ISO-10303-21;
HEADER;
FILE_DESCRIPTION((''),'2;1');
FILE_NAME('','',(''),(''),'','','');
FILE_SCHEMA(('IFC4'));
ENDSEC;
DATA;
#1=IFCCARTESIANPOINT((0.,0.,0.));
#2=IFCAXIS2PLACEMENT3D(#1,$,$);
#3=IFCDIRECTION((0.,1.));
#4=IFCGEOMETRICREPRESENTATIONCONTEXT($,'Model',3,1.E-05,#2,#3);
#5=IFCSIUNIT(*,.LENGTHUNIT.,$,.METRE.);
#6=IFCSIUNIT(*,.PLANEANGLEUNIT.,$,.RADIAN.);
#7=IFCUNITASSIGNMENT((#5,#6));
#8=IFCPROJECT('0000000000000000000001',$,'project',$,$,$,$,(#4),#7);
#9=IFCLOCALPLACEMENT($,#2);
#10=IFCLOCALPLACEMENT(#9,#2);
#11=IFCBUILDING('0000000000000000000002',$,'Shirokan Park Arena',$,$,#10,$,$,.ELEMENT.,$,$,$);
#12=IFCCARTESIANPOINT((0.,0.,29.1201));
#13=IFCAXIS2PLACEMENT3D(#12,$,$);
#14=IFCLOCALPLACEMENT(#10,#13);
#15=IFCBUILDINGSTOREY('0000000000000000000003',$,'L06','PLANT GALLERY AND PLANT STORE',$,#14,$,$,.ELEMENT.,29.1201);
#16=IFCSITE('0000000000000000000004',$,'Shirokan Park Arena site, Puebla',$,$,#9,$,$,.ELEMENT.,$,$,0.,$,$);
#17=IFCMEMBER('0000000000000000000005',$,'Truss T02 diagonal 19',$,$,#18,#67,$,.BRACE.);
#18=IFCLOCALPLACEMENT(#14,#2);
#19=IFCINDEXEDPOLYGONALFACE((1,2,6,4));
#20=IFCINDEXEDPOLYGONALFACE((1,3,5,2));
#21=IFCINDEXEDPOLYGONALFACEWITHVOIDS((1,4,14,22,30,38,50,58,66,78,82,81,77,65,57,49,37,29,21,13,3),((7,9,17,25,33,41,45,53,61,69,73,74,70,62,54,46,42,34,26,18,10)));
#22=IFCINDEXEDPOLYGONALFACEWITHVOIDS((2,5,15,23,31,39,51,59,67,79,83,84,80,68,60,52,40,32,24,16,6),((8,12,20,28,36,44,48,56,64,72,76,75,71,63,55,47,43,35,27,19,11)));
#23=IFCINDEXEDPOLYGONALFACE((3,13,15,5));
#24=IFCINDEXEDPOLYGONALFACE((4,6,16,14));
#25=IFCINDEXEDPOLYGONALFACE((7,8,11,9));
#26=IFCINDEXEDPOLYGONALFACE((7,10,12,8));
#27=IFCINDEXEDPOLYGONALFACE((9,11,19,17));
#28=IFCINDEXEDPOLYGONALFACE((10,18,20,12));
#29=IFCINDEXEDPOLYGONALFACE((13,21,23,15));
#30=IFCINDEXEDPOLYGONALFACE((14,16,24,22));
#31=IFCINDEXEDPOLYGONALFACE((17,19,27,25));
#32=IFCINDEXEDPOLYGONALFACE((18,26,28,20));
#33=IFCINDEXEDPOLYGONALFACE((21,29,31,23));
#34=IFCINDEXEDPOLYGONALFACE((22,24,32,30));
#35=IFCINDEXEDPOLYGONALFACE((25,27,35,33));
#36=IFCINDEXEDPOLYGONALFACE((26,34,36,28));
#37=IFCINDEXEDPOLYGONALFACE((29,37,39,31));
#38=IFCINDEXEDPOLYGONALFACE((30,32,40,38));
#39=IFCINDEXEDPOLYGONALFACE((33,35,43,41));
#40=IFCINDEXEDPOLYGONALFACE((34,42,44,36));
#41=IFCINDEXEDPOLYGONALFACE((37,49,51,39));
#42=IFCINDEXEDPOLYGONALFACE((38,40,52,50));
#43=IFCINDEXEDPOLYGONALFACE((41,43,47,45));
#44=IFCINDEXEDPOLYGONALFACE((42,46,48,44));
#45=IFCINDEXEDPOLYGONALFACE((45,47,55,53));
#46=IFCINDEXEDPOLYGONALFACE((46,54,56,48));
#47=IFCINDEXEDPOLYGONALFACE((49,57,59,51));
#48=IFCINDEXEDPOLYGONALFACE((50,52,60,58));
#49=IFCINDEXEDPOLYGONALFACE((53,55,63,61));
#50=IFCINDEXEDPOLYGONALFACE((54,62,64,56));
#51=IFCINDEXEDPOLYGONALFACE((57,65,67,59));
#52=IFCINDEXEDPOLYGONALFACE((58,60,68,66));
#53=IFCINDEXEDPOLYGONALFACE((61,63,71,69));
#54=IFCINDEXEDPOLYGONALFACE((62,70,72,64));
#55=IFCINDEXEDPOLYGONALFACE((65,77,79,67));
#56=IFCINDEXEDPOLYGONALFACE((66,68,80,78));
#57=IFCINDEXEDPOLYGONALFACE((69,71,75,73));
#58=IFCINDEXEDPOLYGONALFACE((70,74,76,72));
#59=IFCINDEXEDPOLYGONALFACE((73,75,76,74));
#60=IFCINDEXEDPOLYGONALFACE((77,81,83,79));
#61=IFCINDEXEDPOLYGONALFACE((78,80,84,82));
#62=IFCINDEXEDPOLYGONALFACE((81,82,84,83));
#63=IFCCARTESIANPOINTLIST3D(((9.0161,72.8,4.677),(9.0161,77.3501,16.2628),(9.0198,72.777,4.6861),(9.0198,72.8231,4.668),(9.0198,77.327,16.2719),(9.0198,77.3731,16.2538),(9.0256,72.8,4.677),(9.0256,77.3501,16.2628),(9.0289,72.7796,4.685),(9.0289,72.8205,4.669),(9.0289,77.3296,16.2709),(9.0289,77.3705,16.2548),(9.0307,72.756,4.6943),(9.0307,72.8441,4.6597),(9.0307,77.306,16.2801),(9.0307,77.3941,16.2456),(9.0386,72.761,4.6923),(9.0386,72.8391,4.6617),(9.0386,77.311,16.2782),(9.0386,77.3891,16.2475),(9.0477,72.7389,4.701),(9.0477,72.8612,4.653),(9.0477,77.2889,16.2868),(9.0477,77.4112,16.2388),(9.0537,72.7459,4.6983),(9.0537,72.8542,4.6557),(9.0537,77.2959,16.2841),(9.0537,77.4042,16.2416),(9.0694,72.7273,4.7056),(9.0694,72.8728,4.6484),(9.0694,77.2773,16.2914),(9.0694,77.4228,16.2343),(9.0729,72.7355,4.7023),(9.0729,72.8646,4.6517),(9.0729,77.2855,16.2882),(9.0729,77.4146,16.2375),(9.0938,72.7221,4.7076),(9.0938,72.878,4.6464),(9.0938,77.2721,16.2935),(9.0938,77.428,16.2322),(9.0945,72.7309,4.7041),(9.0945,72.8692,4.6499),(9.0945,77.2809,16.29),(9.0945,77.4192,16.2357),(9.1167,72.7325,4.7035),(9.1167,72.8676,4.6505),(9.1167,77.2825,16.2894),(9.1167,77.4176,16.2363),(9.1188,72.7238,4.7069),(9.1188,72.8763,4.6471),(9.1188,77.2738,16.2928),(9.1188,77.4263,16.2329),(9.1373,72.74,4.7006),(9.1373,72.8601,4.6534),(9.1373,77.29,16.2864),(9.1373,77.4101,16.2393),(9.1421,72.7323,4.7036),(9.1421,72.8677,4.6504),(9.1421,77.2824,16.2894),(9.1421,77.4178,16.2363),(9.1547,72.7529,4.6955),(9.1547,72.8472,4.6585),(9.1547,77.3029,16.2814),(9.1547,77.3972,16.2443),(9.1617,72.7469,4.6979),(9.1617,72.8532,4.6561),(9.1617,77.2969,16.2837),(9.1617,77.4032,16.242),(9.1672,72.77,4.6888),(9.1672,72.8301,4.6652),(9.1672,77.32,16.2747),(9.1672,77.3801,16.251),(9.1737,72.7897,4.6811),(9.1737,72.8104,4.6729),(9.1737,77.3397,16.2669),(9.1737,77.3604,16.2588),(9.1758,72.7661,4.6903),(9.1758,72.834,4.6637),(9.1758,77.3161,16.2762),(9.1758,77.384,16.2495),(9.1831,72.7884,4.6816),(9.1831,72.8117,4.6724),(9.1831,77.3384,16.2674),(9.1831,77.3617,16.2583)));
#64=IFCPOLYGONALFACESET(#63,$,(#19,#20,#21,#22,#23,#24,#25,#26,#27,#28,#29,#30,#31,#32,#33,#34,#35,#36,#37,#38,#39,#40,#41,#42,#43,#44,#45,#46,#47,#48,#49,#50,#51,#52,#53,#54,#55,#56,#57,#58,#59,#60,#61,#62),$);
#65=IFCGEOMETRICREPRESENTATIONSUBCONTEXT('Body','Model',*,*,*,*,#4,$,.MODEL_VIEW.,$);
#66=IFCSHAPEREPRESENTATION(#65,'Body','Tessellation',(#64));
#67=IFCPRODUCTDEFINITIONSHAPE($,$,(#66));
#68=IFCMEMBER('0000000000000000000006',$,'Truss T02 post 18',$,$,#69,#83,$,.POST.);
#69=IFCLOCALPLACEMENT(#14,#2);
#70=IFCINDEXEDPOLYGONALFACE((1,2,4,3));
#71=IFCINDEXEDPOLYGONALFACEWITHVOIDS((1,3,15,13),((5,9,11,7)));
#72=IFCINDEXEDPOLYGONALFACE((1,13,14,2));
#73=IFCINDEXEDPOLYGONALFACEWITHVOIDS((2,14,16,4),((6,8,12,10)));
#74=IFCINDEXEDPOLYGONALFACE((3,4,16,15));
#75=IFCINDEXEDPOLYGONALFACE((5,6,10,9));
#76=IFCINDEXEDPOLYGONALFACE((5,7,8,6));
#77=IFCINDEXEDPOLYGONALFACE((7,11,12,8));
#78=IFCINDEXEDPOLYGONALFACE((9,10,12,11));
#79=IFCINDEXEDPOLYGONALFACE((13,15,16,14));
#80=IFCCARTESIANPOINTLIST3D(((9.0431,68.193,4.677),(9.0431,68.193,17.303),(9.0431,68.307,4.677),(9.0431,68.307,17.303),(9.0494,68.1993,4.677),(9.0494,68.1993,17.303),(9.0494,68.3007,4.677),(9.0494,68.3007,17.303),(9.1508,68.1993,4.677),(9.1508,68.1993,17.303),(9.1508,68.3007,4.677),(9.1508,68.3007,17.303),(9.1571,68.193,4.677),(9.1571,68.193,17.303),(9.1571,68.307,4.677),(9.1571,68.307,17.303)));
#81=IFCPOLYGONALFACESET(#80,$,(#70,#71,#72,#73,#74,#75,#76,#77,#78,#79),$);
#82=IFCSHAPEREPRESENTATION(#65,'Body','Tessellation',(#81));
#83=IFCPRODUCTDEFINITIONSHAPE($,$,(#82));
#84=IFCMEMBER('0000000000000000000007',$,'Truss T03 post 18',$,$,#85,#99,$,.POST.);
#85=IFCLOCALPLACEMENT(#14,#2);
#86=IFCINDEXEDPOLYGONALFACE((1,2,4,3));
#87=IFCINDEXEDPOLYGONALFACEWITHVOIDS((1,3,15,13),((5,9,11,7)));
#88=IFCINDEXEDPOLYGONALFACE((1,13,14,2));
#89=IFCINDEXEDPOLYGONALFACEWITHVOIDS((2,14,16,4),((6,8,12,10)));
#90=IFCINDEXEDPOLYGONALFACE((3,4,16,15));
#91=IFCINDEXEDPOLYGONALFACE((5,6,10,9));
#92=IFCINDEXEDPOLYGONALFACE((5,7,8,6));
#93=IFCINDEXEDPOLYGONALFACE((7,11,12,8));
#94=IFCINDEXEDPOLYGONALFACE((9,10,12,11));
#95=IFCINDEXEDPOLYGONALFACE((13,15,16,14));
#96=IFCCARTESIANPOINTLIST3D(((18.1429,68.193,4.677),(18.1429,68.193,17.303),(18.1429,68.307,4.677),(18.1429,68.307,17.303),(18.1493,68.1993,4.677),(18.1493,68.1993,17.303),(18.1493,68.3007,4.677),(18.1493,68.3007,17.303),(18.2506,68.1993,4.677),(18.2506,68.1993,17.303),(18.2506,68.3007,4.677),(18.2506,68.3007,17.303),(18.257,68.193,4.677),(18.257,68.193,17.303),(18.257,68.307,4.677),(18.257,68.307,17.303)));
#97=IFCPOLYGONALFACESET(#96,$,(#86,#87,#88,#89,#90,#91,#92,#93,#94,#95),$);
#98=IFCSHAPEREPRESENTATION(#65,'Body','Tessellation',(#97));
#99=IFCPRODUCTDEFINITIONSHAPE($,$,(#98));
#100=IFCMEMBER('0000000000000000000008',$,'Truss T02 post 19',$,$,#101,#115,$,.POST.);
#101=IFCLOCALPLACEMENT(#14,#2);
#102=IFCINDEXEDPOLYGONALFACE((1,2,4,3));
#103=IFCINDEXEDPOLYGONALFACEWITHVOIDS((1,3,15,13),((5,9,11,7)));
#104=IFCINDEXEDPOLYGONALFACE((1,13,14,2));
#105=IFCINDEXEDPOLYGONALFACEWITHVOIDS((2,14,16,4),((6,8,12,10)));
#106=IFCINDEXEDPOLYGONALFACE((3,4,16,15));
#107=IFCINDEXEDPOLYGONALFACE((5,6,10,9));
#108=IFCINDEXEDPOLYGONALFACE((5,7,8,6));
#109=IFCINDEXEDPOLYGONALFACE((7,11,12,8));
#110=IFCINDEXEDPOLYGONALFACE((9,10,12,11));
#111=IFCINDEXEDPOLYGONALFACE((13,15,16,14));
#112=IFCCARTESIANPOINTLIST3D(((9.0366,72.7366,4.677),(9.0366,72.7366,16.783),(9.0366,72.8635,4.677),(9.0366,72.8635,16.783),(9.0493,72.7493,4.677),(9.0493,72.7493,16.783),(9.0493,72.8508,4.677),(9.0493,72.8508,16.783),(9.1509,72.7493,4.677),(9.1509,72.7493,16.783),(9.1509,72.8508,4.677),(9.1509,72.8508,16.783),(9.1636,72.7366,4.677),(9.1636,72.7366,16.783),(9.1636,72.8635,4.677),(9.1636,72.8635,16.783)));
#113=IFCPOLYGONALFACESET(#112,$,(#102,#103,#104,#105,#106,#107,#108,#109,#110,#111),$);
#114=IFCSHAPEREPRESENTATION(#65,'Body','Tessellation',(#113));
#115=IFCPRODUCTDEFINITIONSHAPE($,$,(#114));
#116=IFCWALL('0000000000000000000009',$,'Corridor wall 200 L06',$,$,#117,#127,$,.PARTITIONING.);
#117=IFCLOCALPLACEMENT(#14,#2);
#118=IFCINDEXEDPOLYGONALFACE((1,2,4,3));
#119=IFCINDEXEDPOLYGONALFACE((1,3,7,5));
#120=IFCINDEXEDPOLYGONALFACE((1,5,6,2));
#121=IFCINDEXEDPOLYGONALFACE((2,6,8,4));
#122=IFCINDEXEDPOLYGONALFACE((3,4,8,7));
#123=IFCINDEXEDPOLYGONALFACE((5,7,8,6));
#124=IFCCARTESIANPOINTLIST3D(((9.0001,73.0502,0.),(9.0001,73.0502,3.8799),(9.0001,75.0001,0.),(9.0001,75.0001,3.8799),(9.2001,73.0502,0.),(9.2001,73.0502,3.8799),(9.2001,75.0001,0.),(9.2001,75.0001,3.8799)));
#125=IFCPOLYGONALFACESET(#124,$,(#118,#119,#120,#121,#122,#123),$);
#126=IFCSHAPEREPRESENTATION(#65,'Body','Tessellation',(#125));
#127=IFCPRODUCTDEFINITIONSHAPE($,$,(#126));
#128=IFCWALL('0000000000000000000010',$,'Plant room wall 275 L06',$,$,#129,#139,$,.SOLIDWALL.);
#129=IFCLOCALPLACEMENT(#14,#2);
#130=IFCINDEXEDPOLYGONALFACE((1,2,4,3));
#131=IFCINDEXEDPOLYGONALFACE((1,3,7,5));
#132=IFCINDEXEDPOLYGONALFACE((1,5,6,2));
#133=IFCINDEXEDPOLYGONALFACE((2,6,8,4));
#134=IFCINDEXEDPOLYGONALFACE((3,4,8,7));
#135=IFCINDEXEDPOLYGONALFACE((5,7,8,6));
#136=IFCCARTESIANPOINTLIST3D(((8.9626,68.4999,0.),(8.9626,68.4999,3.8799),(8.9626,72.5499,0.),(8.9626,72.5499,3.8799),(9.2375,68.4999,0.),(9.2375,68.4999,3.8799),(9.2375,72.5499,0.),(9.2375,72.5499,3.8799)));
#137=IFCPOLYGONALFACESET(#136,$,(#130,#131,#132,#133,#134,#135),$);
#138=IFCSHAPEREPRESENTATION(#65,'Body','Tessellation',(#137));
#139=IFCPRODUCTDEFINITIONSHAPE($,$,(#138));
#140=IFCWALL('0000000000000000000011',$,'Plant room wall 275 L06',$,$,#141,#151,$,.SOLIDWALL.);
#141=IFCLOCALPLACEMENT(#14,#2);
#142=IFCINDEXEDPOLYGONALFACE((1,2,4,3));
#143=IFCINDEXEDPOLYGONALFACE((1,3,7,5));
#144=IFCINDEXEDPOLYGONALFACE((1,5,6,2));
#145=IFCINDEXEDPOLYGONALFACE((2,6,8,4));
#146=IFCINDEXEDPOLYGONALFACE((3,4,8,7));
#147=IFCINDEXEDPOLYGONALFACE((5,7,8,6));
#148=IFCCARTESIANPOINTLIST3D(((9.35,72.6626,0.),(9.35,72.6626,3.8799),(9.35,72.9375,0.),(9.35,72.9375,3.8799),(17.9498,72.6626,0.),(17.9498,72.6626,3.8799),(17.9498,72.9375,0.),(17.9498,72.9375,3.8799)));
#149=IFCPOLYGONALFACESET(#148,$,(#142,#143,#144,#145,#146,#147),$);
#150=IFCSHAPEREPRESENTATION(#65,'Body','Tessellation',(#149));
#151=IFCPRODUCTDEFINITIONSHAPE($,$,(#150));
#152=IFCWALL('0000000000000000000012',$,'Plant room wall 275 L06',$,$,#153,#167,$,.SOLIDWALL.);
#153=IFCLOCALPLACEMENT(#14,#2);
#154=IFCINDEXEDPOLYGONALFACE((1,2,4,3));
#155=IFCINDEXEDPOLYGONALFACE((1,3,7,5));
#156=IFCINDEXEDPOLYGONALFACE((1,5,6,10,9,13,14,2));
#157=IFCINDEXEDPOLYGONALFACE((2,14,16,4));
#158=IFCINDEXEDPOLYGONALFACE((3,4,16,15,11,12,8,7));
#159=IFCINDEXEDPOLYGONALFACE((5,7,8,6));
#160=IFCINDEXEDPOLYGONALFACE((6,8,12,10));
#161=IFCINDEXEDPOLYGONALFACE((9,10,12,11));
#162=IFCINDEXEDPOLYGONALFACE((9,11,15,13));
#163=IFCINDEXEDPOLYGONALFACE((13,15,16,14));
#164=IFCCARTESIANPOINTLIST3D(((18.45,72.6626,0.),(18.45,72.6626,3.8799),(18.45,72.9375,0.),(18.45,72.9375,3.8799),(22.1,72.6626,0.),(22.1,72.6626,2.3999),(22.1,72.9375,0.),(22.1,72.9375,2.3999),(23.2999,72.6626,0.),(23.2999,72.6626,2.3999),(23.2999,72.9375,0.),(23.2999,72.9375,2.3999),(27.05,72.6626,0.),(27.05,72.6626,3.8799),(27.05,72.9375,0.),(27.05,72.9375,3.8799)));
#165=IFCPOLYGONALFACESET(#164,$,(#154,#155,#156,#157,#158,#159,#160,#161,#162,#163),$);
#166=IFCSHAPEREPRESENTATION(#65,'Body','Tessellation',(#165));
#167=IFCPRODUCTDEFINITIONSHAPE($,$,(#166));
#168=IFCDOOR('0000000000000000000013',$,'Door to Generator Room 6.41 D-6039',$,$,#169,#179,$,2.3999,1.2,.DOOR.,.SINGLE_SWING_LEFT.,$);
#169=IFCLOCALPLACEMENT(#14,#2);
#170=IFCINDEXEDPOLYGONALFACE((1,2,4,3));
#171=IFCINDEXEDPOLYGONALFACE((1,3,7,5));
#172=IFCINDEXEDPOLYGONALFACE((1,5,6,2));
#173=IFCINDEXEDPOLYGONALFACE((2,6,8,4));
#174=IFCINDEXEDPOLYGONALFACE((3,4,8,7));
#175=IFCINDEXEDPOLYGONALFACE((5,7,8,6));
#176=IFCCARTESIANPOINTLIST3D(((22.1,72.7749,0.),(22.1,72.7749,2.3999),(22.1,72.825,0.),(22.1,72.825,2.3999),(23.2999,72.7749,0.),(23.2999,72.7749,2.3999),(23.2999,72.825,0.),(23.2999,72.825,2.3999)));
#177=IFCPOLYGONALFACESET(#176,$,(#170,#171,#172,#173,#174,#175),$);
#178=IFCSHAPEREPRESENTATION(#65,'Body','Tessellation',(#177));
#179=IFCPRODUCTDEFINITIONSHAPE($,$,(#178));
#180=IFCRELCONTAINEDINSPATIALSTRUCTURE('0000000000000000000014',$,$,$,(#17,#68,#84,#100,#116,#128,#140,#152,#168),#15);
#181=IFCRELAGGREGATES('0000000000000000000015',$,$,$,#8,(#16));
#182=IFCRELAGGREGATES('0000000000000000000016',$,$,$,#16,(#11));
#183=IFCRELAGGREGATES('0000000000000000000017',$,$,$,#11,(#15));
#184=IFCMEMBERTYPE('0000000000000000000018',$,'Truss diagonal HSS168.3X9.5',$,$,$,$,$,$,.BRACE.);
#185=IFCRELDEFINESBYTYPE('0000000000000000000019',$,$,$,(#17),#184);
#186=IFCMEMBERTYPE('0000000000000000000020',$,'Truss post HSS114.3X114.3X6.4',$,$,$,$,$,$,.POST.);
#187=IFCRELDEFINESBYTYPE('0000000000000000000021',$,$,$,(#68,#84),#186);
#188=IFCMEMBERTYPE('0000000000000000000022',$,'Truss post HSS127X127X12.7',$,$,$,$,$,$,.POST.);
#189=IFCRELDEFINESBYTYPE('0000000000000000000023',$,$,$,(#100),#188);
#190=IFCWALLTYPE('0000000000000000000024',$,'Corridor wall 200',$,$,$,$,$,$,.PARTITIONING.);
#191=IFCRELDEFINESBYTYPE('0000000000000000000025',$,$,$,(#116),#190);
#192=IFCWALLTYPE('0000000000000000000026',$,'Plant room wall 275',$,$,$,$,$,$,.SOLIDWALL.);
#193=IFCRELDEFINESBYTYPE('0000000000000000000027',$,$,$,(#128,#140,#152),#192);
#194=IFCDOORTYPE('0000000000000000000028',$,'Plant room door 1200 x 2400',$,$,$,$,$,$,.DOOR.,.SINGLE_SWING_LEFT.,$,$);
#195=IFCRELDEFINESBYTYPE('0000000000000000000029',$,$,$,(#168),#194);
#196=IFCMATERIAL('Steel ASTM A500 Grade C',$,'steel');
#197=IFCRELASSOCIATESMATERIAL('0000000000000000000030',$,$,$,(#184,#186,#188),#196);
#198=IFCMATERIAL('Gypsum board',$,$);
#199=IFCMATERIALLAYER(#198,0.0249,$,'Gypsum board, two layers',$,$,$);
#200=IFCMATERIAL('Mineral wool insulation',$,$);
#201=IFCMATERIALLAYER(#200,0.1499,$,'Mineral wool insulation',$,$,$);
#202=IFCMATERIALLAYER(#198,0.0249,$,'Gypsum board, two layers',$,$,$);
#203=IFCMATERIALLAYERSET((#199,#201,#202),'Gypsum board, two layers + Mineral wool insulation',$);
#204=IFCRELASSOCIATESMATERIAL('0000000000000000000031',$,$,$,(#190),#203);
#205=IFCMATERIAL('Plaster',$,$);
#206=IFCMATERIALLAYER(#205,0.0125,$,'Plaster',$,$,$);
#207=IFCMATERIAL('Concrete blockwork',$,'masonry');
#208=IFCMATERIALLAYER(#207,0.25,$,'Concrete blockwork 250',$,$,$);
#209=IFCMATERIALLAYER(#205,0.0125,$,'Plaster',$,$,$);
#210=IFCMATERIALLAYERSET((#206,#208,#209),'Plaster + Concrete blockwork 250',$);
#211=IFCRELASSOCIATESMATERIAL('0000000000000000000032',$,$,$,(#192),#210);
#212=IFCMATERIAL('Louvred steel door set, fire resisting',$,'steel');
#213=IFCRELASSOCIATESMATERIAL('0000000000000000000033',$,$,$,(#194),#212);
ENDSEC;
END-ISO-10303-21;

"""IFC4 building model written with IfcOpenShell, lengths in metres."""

from ifc_helpers import new_model, si_unit, direction, frame, frame_2d, origin, origin_2d, place, context, subcontext, project, spatial, rectangle, hollow_rectangle, hollow_circle, extrude, material, layer, layer_set, material_profile, profile_set, type_object, element, fill, save


model = new_model("IFC4")

# Units and contexts
model_context = context("Model", 3, precision=1e-05, world=origin(), true_north=direction((0.0, 1.0)))
body_context = subcontext(model_context, "Body", "Model", "MODEL_VIEW")
ifc_project = project(units=[si_unit("LENGTHUNIT", "METRE"), si_unit("PLANEANGLEUNIT", "RADIAN")], contexts=[model_context])

# Site, building, storey
site_placement = place(None, origin())
site = spatial("IfcSite", under=ifc_project, at=site_placement, Name="Shirokan Park Arena site, Puebla", CompositionType="ELEMENT", RefElevation=0.0)
building_placement = place(site_placement, origin())
building = spatial("IfcBuilding", under=site, at=building_placement, Name="Shirokan Park Arena", CompositionType="ELEMENT")
storey_placement = place(building_placement, frame((0.0, 0.0, 29.1201)))
storey = spatial("IfcBuildingStorey", under=building, at=storey_placement, Name="L06", Description="PLANT GALLERY AND PLANT STORE", CompositionType="ELEMENT", Elevation=29.1201)

# Shared definitions
ifc_material_1 = material(Name="Steel ASTM A500 Grade C", Category="steel")

# Members
ifc_material_profile_1 = material_profile(ifc_material_1, hollow_circle(Radius=0.084, WallThickness=0.0095, at=origin_2d()), Name="HSS168.3X9.5")
ifc_profile_set_1 = profile_set([ifc_material_profile_1], Name="Steel ASTM A500 Grade C")
member_type_1 = type_object("IfcMemberType", Name="Truss diagonal HSS168.3X9.5", PredefinedType="BRACE", material=ifc_profile_set_1)
member_1_placement = place(storey_placement, frame((9.1001, 72.8, 4.677), z_axis=(0.0, 0.365543, 0.930794), x_axis=(-1.0, 0.0, 0.0)))
element("IfcMember", 1, at=member_1_placement, inside=storey, type_object=member_type_1, Name="Truss T02 diagonal 19", PredefinedType="BRACE", context=body_context, shape_type="SweptSolid", body=[
    extrude(hollow_circle(Radius=0.084, WallThickness=0.0095, at=origin_2d()), origin(), (0.0, 0.0, 1.0), 12.4473),
])
ifc_material_profile_2 = material_profile(ifc_material_1, hollow_rectangle(XDim=0.114, YDim=0.114, WallThickness=0.0063, at=origin_2d()), Name="HSS114.3X114.3X6.4")
ifc_profile_set_2 = profile_set([ifc_material_profile_2], Name="Steel ASTM A500 Grade C")
member_type_2 = type_object("IfcMemberType", Name="Truss post HSS114.3X114.3X6.4", PredefinedType="POST", material=ifc_profile_set_2)
for number, where, z_axis, x_axis, name in (
    (2, (9.1001, 68.25, 4.677), (0.0, 0.0, 1.0), (1.0, 0.0, 0.0), "Truss T02 post 18"),
    (3, (18.2, 68.25, 4.677), (0.0, 0.0, 1.0), (1.0, 0.0, 0.0), "Truss T03 post 18"),
):
    element("IfcMember", number, at=place(storey_placement, frame(where, z_axis=z_axis, x_axis=x_axis)), inside=storey, type_object=member_type_2, Name=name, PredefinedType="POST", context=body_context, shape_type="SweptSolid", body=[
        extrude(hollow_rectangle(XDim=0.114, YDim=0.114, WallThickness=0.0063, at=origin_2d()), origin(), (0.0, 0.0, 1.0), 12.626),
    ])
ifc_material_profile_3 = material_profile(ifc_material_1, hollow_rectangle(XDim=0.127, YDim=0.127, WallThickness=0.0127, at=origin_2d()), Name="HSS127X127X12.7")
ifc_profile_set_3 = profile_set([ifc_material_profile_3], Name="Steel ASTM A500 Grade C")
member_type_3 = type_object("IfcMemberType", Name="Truss post HSS127X127X12.7", PredefinedType="POST", material=ifc_profile_set_3)
member_2_placement = place(storey_placement, frame((9.1001, 72.8, 4.677), z_axis=(0.0, 0.0, 1.0), x_axis=(1.0, 0.0, 0.0)))
element("IfcMember", 4, at=member_2_placement, inside=storey, type_object=member_type_3, Name="Truss T02 post 19", PredefinedType="POST", context=body_context, shape_type="SweptSolid", body=[
    extrude(hollow_rectangle(XDim=0.127, YDim=0.127, WallThickness=0.0127, at=origin_2d()), origin(), (0.0, 0.0, 1.0), 12.106),
])

# Wall
ifc_material_2 = material(Name="Gypsum board")
ifc_layer_1 = layer(ifc_material_2, 0.0249, Name="Gypsum board, two layers")
ifc_material_3 = material(Name="Mineral wool insulation")
ifc_layer_2 = layer(ifc_material_3, 0.1499, Name="Mineral wool insulation")
ifc_layer_3 = layer(ifc_material_2, 0.0249, Name="Gypsum board, two layers")
ifc_layer_set_1 = layer_set([ifc_layer_1, ifc_layer_2, ifc_layer_3], Name="Gypsum board, two layers + Mineral wool insulation")
wall_type_1 = type_object("IfcWallType", Name="Corridor wall 200", PredefinedType="PARTITIONING", material=ifc_layer_set_1)
wall_1_placement = place(storey_placement, frame((9.1001, 73.05, 0.0), z_axis=(0.0, 0.0, 1.0), x_axis=(0.0, 1.0, 0.0)))
element("IfcWall", 5, at=wall_1_placement, inside=storey, type_object=wall_type_1, Name="Corridor wall 200 L06", PredefinedType="PARTITIONING", context=body_context, shape_type="SweptSolid", body=[
    extrude(rectangle(XDim=1.95, YDim=0.2, at=frame_2d((0.9751, 0.0))), origin(), (0.0, 0.0, 1.0), 3.8799),
])

# Walls
ifc_material_4 = material(Name="Plaster")
ifc_layer_4 = layer(ifc_material_4, 0.0125, Name="Plaster")
ifc_material_5 = material(Name="Concrete blockwork", Category="masonry")
ifc_layer_5 = layer(ifc_material_5, 0.25, Name="Concrete blockwork 250")
ifc_layer_6 = layer(ifc_material_4, 0.0125, Name="Plaster")
ifc_layer_set_2 = layer_set([ifc_layer_4, ifc_layer_5, ifc_layer_6], Name="Plaster + Concrete blockwork 250")
wall_type_2 = type_object("IfcWallType", Name="Plant room wall 275", PredefinedType="SOLIDWALL", material=ifc_layer_set_2)
wall_2_placement = place(storey_placement, frame((9.1001, 68.5, 0.0), z_axis=(0.0, 0.0, 1.0), x_axis=(0.0, 1.0, 0.0)))
element("IfcWall", 6, at=wall_2_placement, inside=storey, type_object=wall_type_2, Name="Plant room wall 275 L06", PredefinedType="SOLIDWALL", context=body_context, shape_type="SweptSolid", body=[
    extrude(rectangle(XDim=4.05, YDim=0.2749, at=frame_2d((2.0249, 0.0))), origin(), (0.0, 0.0, 1.0), 3.8799),
])
wall_3_placement = place(storey_placement, frame((9.3501, 72.8, 0.0), z_axis=(0.0, 0.0, 1.0), x_axis=(1.0, 0.0, 0.0)))
element("IfcWall", 7, at=wall_3_placement, inside=storey, type_object=wall_type_2, Name="Plant room wall 275 L06", PredefinedType="SOLIDWALL", context=body_context, shape_type="SweptSolid", body=[
    extrude(rectangle(XDim=8.5999, YDim=0.2749, at=frame_2d((4.2998, 0.0))), origin(), (0.0, 0.0, 1.0), 3.8799),
])

# Wall, opening, door
wall_4_placement = place(storey_placement, frame((18.45, 72.8, 0.0), z_axis=(0.0, 0.0, 1.0), x_axis=(1.0, 0.0, 0.0)))
wall_4 = element("IfcWall", 8, at=wall_4_placement, inside=storey, type_object=wall_type_2, Name="Plant room wall 275 L06", PredefinedType="SOLIDWALL", context=body_context, shape_type="SweptSolid", body=[
    extrude(rectangle(XDim=8.6001, YDim=0.2749, at=frame_2d((4.3, 0.0))), origin(), (0.0, 0.0, 1.0), 3.8799),
])
opening_1_placement = place(wall_4_placement, frame((3.6499, 0.0, 0.0)))
opening_1 = element("IfcOpeningElement", 9, at=opening_1_placement, cuts=wall_4, PredefinedType="OPENING", context=body_context, shape_type="SweptSolid", body=[
    extrude(rectangle(XDim=1.2, YDim=2.3999, at=frame_2d((0.6001, 1.2))), frame((0.0, 0.1475, 0.0), z_axis=(0.0, -1.0, 0.0), x_axis=(1.0, 0.0, 0.0)), (0.0, 0.0, 1.0), 0.2949),
])
ifc_material_6 = material(Name="Louvred steel door set, fire resisting", Category="steel")
door_type_1 = type_object("IfcDoorType", Name="Plant room door 1200 x 2400", OperationType="SINGLE_SWING_LEFT", PredefinedType="DOOR", material=ifc_material_6)
door_1_placement = place(opening_1_placement, origin())
door_1 = element("IfcDoor", 10, at=door_1_placement, inside=storey, type_object=door_type_1, Name="Door to Generator Room 6.41 D-6039", OperationType="SINGLE_SWING_LEFT", OverallHeight=2.3999, OverallWidth=1.2, PredefinedType="DOOR", context=body_context, shape_type="SweptSolid", body=[
    extrude(rectangle(XDim=1.2, YDim=2.3999, at=frame_2d((0.6001, 1.2))), frame((0.0, 0.0249, 0.0), z_axis=(0.0, -1.0, 0.0), x_axis=(1.0, 0.0, 0.0)), (0.0, 0.0, 1.0), 0.05),
])
fill(opening_1, door_1)

save(model, "model.ifc")
